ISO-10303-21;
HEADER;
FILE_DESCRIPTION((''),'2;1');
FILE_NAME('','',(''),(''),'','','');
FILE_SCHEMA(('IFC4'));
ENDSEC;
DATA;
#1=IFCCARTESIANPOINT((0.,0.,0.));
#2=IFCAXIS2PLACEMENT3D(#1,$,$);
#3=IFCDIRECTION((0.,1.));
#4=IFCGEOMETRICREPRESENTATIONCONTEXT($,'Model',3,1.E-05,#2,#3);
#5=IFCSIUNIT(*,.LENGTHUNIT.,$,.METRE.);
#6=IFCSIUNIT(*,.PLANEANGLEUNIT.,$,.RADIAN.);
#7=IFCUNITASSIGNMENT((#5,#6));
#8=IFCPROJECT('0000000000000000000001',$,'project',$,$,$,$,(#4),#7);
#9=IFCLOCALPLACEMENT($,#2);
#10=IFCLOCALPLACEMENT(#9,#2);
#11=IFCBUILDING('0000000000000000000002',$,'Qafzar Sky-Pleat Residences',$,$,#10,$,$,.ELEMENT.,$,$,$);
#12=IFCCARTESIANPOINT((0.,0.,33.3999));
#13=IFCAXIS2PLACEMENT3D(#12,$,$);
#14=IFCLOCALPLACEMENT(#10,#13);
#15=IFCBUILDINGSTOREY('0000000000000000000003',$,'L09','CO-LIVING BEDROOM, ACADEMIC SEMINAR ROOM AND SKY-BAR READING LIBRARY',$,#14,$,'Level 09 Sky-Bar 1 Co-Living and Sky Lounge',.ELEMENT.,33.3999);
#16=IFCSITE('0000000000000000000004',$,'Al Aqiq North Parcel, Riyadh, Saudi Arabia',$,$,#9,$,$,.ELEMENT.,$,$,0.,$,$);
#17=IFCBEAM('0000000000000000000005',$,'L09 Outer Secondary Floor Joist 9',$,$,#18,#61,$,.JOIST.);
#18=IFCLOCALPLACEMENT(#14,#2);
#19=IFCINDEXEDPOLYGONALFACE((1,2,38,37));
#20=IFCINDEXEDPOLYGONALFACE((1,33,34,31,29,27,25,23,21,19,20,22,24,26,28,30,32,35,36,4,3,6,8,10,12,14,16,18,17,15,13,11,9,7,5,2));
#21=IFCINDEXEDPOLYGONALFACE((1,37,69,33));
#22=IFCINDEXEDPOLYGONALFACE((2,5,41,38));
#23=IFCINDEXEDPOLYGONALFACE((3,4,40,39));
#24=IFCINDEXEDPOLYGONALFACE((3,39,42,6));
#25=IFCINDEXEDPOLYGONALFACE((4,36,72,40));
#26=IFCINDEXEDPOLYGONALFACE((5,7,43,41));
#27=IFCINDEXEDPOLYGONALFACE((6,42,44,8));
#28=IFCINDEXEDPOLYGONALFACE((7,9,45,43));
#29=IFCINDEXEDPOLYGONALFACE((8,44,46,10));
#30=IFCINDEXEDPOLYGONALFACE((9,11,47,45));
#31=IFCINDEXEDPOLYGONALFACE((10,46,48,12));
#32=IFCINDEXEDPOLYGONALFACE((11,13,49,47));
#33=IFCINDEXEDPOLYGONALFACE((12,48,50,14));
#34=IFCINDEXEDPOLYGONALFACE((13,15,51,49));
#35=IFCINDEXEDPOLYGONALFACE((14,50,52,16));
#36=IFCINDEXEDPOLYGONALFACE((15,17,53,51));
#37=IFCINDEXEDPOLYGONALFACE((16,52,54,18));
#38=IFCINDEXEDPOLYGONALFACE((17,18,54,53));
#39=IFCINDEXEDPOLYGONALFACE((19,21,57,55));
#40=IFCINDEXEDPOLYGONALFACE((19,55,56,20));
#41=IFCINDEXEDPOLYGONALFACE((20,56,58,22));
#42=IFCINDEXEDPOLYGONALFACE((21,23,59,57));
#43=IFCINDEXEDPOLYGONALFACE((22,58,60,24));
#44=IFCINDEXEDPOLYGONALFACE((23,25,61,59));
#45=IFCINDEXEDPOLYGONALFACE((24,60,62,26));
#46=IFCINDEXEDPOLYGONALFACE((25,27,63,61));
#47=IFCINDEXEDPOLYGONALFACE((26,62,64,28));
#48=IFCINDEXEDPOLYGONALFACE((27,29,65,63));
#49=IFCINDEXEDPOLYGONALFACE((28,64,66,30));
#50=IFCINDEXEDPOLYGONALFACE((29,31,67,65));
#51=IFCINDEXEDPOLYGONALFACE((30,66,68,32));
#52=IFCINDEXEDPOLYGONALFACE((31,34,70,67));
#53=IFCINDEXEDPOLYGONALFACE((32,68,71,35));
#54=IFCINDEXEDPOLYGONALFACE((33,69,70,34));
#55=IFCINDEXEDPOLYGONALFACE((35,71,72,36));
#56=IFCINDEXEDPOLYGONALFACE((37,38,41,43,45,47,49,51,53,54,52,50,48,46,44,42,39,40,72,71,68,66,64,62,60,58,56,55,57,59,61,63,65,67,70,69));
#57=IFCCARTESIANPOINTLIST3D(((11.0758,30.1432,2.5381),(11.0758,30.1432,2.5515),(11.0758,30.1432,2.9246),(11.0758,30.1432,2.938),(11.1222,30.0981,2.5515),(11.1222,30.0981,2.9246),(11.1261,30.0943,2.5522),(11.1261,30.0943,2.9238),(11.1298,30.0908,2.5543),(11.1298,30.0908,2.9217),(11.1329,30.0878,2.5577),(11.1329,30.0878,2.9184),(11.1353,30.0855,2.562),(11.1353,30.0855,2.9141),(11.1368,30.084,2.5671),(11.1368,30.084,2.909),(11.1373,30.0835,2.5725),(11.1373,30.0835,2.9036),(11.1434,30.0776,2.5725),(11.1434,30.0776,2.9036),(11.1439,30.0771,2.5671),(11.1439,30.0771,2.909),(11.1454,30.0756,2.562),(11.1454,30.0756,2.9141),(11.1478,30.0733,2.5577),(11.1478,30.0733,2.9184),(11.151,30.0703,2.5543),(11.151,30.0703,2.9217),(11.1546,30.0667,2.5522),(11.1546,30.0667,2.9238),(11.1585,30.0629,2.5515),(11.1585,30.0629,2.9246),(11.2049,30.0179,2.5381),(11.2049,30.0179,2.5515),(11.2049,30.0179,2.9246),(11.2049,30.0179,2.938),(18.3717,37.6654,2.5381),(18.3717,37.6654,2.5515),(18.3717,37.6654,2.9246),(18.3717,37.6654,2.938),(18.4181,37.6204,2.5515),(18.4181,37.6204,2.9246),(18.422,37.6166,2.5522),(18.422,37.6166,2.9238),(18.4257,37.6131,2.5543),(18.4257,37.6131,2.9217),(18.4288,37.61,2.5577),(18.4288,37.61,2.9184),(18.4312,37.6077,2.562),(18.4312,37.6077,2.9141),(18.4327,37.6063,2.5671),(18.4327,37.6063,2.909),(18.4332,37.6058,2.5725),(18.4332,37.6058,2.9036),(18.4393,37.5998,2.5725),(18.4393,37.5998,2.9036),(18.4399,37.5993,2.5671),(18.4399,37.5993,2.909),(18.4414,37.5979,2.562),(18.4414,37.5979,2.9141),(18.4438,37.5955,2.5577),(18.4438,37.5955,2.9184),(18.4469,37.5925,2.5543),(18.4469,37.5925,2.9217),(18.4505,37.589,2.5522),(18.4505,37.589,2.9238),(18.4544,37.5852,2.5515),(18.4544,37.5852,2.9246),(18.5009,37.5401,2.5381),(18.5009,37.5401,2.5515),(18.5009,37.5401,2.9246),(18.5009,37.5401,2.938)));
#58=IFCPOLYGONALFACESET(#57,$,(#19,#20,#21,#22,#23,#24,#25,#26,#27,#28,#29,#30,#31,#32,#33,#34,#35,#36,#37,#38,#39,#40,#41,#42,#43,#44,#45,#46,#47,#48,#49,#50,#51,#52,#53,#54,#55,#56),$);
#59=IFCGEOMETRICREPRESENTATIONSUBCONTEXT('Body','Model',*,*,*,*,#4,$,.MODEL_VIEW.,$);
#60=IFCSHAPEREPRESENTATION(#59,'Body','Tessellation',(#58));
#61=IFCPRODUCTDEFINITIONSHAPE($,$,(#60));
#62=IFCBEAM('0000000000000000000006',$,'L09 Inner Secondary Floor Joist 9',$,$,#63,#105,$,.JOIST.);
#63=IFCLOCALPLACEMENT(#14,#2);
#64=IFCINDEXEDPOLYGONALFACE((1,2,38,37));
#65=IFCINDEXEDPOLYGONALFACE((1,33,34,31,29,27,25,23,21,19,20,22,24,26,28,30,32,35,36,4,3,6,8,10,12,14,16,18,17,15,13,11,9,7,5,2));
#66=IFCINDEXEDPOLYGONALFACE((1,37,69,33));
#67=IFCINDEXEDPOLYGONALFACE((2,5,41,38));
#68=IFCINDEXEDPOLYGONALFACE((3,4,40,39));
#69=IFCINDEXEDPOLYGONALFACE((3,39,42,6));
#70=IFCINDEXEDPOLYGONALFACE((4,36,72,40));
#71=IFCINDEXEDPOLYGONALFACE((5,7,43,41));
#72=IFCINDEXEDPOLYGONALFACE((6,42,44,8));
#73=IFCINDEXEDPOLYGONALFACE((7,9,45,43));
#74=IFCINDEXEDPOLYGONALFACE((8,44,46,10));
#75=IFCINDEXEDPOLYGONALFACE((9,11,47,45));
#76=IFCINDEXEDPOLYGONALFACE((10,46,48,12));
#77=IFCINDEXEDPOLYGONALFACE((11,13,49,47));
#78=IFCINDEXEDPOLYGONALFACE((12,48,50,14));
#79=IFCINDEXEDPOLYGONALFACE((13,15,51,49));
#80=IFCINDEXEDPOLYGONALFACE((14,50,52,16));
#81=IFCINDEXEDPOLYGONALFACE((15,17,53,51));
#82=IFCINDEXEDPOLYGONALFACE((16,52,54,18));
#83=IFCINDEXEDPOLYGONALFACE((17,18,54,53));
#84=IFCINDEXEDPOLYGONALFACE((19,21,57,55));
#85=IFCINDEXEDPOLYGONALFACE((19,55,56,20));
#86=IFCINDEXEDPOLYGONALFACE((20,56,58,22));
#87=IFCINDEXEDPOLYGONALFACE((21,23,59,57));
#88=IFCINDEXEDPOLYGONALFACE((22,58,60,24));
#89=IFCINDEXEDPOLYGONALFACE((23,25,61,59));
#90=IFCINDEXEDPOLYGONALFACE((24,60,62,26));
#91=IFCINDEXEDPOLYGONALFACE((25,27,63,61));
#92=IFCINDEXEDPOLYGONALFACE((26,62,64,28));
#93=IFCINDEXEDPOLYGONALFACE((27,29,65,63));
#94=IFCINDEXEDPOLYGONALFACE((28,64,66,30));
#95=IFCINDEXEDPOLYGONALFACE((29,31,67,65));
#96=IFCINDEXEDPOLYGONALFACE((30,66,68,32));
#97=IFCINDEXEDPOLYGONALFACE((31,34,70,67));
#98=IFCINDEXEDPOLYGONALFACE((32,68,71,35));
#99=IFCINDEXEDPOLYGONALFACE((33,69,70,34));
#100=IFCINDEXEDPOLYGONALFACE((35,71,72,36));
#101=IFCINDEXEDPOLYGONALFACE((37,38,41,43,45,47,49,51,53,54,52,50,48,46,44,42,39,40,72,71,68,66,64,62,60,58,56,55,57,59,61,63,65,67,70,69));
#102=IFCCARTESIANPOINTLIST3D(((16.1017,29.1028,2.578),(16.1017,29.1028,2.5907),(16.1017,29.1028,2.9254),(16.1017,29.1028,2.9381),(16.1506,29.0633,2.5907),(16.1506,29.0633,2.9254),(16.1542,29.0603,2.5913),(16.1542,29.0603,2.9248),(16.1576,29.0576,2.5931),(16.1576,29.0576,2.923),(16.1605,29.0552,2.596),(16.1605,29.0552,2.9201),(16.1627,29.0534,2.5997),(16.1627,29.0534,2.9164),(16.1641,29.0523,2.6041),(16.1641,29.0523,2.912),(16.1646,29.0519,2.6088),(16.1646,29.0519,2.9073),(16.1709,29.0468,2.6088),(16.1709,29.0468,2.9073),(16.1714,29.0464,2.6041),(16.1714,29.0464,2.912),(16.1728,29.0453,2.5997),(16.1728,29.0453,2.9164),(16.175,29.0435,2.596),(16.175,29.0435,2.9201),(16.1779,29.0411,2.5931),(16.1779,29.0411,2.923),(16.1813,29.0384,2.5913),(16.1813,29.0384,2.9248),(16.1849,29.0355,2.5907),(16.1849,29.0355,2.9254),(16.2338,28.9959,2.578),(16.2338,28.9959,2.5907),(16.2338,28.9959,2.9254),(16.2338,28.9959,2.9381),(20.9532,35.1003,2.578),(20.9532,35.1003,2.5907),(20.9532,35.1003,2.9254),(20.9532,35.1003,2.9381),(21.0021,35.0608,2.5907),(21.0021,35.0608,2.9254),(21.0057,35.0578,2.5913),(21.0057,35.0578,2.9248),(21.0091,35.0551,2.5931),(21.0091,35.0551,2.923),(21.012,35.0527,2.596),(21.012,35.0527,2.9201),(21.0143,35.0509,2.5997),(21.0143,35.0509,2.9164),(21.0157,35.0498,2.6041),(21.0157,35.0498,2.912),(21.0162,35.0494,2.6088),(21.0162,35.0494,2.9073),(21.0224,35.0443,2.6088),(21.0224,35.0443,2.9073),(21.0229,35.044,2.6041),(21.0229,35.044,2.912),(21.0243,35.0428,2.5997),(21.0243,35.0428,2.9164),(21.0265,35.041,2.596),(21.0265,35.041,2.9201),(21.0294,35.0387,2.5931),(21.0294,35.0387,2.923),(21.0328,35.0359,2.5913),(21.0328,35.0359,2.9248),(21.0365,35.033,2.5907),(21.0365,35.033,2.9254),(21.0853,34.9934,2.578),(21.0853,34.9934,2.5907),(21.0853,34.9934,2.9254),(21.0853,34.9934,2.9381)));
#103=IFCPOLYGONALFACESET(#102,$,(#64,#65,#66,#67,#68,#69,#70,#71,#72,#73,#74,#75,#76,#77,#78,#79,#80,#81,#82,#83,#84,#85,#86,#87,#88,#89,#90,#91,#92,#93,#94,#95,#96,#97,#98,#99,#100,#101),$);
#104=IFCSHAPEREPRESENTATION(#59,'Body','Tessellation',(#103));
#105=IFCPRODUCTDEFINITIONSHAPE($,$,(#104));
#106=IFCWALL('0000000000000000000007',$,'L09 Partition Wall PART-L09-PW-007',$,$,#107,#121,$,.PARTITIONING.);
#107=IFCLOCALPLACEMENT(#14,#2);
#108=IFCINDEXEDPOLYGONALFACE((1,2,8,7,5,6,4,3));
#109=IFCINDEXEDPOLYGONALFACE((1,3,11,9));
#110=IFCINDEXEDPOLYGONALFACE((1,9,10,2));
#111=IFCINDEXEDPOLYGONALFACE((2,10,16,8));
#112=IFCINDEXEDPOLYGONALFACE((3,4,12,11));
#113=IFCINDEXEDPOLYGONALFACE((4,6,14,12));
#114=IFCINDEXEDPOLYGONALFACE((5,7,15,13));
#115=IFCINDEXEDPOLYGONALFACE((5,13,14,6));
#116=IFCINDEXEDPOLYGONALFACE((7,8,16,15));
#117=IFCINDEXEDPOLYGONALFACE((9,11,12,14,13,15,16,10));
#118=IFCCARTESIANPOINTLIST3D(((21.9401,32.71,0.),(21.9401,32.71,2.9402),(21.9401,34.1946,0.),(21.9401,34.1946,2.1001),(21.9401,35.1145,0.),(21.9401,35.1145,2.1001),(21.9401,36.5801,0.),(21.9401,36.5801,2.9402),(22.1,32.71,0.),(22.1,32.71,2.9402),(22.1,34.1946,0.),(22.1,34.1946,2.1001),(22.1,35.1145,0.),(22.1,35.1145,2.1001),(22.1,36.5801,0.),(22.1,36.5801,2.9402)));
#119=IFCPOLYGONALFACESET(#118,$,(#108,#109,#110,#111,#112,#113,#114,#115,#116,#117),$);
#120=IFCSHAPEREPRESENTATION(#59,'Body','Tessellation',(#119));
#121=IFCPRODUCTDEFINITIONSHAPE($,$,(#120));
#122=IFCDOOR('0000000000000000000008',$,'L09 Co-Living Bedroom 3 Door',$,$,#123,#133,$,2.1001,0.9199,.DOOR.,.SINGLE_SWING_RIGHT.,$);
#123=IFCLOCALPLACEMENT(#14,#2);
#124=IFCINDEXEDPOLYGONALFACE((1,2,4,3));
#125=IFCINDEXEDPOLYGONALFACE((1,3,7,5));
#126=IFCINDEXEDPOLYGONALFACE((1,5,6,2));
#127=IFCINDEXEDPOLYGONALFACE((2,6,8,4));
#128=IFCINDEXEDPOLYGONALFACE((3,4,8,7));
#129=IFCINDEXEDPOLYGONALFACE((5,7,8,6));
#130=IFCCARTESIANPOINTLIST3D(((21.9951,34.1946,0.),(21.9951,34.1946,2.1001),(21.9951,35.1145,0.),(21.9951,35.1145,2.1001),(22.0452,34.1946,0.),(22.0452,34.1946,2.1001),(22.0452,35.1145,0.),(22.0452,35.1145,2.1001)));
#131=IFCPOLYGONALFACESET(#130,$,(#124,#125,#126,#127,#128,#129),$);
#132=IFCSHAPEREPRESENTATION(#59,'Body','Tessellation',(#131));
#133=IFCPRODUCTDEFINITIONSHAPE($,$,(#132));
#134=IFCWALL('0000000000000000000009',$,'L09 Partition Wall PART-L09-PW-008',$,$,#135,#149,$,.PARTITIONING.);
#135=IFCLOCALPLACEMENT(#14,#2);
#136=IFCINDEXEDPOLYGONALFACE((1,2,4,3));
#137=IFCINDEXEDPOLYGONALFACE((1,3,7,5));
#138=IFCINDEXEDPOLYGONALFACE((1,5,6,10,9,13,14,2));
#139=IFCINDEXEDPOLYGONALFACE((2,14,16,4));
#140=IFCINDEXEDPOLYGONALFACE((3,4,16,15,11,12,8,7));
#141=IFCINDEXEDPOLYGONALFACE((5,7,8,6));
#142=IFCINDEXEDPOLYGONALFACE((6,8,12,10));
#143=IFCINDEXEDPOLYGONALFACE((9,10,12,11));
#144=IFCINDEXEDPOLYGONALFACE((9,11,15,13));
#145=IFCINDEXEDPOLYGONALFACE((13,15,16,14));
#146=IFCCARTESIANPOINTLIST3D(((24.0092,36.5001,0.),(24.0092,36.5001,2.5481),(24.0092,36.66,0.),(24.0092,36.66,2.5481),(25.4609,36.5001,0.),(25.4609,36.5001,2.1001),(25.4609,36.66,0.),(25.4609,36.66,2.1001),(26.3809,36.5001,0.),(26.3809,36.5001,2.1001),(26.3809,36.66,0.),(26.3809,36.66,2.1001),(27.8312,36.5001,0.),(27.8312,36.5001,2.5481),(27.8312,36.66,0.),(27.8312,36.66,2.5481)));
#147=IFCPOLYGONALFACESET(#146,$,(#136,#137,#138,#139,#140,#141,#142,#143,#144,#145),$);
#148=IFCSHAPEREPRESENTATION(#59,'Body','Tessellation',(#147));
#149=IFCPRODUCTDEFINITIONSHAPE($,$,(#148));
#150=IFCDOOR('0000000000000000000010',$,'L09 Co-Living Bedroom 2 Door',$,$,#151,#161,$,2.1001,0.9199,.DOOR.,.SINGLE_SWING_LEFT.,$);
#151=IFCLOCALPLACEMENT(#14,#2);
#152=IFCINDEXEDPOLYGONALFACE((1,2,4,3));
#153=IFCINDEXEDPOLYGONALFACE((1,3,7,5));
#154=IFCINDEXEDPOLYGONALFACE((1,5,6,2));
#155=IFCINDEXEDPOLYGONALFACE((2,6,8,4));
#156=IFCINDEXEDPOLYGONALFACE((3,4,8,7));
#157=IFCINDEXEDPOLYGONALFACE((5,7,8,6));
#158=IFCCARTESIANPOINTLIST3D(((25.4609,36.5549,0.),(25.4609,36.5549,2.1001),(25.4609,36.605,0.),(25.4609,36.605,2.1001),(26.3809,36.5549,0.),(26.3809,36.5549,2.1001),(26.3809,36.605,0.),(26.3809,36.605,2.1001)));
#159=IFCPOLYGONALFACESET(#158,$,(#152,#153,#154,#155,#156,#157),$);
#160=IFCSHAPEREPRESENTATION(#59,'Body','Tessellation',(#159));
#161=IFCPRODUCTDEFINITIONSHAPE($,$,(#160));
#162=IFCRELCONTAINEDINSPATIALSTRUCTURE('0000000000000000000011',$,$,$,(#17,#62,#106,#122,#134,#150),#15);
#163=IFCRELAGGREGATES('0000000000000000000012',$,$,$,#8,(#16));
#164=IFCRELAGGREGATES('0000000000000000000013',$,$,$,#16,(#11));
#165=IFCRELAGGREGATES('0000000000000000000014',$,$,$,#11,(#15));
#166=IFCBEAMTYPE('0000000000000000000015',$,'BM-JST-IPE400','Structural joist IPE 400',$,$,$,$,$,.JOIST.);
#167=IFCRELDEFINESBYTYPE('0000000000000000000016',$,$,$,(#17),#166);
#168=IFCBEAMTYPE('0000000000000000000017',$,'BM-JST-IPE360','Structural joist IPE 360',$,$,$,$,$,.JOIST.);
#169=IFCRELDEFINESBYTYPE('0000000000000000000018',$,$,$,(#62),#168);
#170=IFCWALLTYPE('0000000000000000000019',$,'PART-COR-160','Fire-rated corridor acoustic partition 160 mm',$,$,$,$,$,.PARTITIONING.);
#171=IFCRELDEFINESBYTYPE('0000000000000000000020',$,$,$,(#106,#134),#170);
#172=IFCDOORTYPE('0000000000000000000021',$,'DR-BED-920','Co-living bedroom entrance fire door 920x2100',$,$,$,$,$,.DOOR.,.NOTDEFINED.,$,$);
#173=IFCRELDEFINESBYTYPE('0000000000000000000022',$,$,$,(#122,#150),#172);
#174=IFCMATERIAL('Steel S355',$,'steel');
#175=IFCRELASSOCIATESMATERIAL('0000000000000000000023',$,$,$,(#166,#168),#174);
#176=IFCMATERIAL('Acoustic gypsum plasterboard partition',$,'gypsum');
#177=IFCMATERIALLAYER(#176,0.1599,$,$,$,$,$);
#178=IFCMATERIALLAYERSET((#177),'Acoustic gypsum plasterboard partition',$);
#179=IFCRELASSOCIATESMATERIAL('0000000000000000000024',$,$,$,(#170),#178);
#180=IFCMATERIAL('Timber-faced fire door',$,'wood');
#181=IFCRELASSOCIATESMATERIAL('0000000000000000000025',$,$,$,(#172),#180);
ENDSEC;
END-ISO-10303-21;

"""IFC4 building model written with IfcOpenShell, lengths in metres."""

from ifc_helpers import new_model, si_unit, direction, frame, frame_2d, origin, origin_2d, place, context, subcontext, project, spatial, rectangle, i_section, extrude, source, transform, mapped, material, layer, layer_set, material_profile, profile_set, type_object, element, fill, save


model = new_model("IFC4")

# Units and contexts
model_context = context("Model", 3, precision=1e-05, world=origin(), true_north=direction((0.0, 1.0)))
body_context = subcontext(model_context, "Body", "Model", "MODEL_VIEW")
ifc_project = project(units=[si_unit("LENGTHUNIT", "METRE"), si_unit("PLANEANGLEUNIT", "RADIAN")], contexts=[model_context])

# Site, building, storey
site_placement = place(None, origin())
site = spatial("IfcSite", under=ifc_project, at=site_placement, Name="Al Aqiq North Parcel, Riyadh, Saudi Arabia", CompositionType="ELEMENT", RefElevation=0.0)
building_placement = place(site_placement, origin())
building = spatial("IfcBuilding", under=site, at=building_placement, Name="Qafzar Sky-Pleat Residences", CompositionType="ELEMENT")
storey_placement = place(building_placement, frame((0.0, 0.0, 33.3999)))
storey = spatial("IfcBuildingStorey", under=building, at=storey_placement, Name="L09", Description="CO-LIVING BEDROOM, ACADEMIC SEMINAR ROOM AND SKY-BAR READING LIBRARY", LongName="Level 09 Sky-Bar 1 Co-Living and Sky Lounge", CompositionType="ELEMENT", Elevation=33.3999)

# Beams
ifc_material_1 = material(Name="Steel S355", Category="steel")
ifc_material_profile_1 = material_profile(ifc_material_1, i_section(OverallWidth=0.1799, OverallDepth=0.3999, WebThickness=0.0085, FlangeThickness=0.0134, FilletRadius=0.021, at=origin_2d()), Name="IPE 400")
ifc_profile_set_1 = profile_set([ifc_material_profile_1], Name="Steel S355")
beam_type_1 = type_object("IfcBeamType", Name="BM-JST-IPE400", Description="Structural joist IPE 400", PredefinedType="JOIST", material=ifc_profile_set_1)
shared_shape_1 = source(origin(), body_context, "Body", "SweptSolid", [
    extrude(i_section(OverallWidth=0.1799, OverallDepth=0.3999, WebThickness=0.0085, FlangeThickness=0.0134, FilletRadius=0.021, at=origin_2d()), origin(), (0.0, 0.0, 1.0), 10.4792),
])
beam_1_placement = place(storey_placement, frame((18.4363, 37.6028, 2.738), z_axis=(-0.696226, -0.717823, 0.0), x_axis=(0.717823, -0.696226, 0.0)))
element("IfcBeam", 1, at=beam_1_placement, inside=storey, type_object=beam_type_1, Name="L09 Outer Secondary Floor Joist 9", PredefinedType="JOIST", context=body_context, shape_type="MappedRepresentation", body=[
    mapped(shared_shape_1, transform((0.0, 0.0, 0.0), x_axis=(1.0, 0.0, 0.0), y_axis=(0.0, 1.0, 0.0), z_axis=(0.0, 0.0, 1.0), scale=1.0)),
])
ifc_material_profile_2 = material_profile(ifc_material_1, i_section(OverallWidth=0.1699, OverallDepth=0.3601, WebThickness=0.0081, FlangeThickness=0.0127, FilletRadius=0.0181, at=origin_2d()), Name="IPE 360")
ifc_profile_set_2 = profile_set([ifc_material_profile_2], Name="Steel S355")
beam_type_2 = type_object("IfcBeamType", Name="BM-JST-IPE360", Description="Structural joist IPE 360", PredefinedType="JOIST", material=ifc_profile_set_2)
shared_shape_2 = source(origin(), body_context, "Body", "SweptSolid", [
    extrude(i_section(OverallWidth=0.1699, OverallDepth=0.3601, WebThickness=0.0081, FlangeThickness=0.0127, FilletRadius=0.0181, at=origin_2d()), origin(), (0.0, 0.0, 1.0), 7.7141),
])
beam_2_placement = place(storey_placement, frame((21.0193, 35.0469, 2.7581), z_axis=(-0.628916, -0.777473, 0.0), x_axis=(0.777473, -0.628916, 0.0)))
element("IfcBeam", 2, at=beam_2_placement, inside=storey, type_object=beam_type_2, Name="L09 Inner Secondary Floor Joist 9", PredefinedType="JOIST", context=body_context, shape_type="MappedRepresentation", body=[
    mapped(shared_shape_2, transform((0.0, 0.0, 0.0), x_axis=(1.0, 0.0, 0.0), y_axis=(0.0, 1.0, 0.0), z_axis=(0.0, 0.0, 1.0), scale=1.0)),
])

# Walls, openings, doors
ifc_material_2 = material(Name="Acoustic gypsum plasterboard partition", Category="gypsum")
ifc_layer_1 = layer(ifc_material_2, 0.1599)
ifc_layer_set_1 = layer_set([ifc_layer_1], Name="Acoustic gypsum plasterboard partition")
wall_type_1 = type_object("IfcWallType", Name="PART-COR-160", Description="Fire-rated corridor acoustic partition 160 mm", PredefinedType="PARTITIONING", material=ifc_layer_set_1)
wall_1_placement = place(storey_placement, frame((22.02, 32.71, 0.0), z_axis=(0.0, 0.0, 1.0), x_axis=(0.0, 1.0, 0.0)))
wall_1 = element("IfcWall", 3, at=wall_1_placement, inside=storey, type_object=wall_type_1, Name="L09 Partition Wall PART-L09-PW-007", PredefinedType="PARTITIONING", context=body_context, shape_type="SweptSolid", body=[
    extrude(rectangle(XDim=3.8701, YDim=0.1599, at=frame_2d((1.9351, 0.0))), origin(), (0.0, 0.0, 1.0), 2.9402),
])
opening_1_placement = place(wall_1_placement, frame((1.4846, 0.0, 0.0)))
opening_1 = element("IfcOpeningElement", 4, at=opening_1_placement, cuts=wall_1, PredefinedType="OPENING", context=body_context, shape_type="SweptSolid", body=[
    extrude(rectangle(XDim=0.9199, YDim=2.1001, at=frame_2d((0.46, 1.05))), frame((0.0, 0.0898, 0.0), z_axis=(0.0, -1.0, 0.0), x_axis=(1.0, 0.0, 0.0)), (0.0, 0.0, 1.0), 0.1799),
])
ifc_material_3 = material(Name="Timber-faced fire door", Category="wood")
door_type_1 = type_object("IfcDoorType", Name="DR-BED-920", Description="Co-living bedroom entrance fire door 920x2100", OperationType="NOTDEFINED", PredefinedType="DOOR", material=ifc_material_3)
shared_shape_3 = source(origin(), body_context, "Body", "SweptSolid", [
    extrude(rectangle(XDim=0.9199, YDim=2.1001, at=frame_2d((0.46, 1.05))), frame((0.0, 0.0249, 0.0), z_axis=(0.0, -1.0, 0.0), x_axis=(1.0, 0.0, 0.0)), (0.0, 0.0, 1.0), 0.05),
])
door_1_placement = place(opening_1_placement, origin())
door_1 = element("IfcDoor", 5, at=door_1_placement, inside=storey, type_object=door_type_1, Name="L09 Co-Living Bedroom 3 Door", OperationType="SINGLE_SWING_RIGHT", OverallHeight=2.1001, OverallWidth=0.9199, PredefinedType="DOOR", context=body_context, shape_type="MappedRepresentation", body=[
    mapped(shared_shape_3, transform((0.0, 0.0, 0.0), x_axis=(1.0, 0.0, 0.0), y_axis=(0.0, 1.0, 0.0), z_axis=(0.0, 0.0, 1.0), scale=1.0)),
])
fill(opening_1, door_1)
wall_2_placement = place(storey_placement, frame((24.009, 36.5801, 0.0), z_axis=(0.0, 0.0, 1.0), x_axis=(1.0, 0.0, 0.0)))
wall_2 = element("IfcWall", 6, at=wall_2_placement, inside=storey, type_object=wall_type_1, Name="L09 Partition Wall PART-L09-PW-008", PredefinedType="PARTITIONING", context=body_context, shape_type="SweptSolid", body=[
    extrude(rectangle(XDim=3.822, YDim=0.1599, at=frame_2d((1.9111, 0.0))), origin(), (0.0, 0.0, 1.0), 2.5481),
])
opening_2_placement = place(wall_2_placement, frame((1.4519, 0.0, 0.0)))
opening_2 = element("IfcOpeningElement", 7, at=opening_2_placement, cuts=wall_2, PredefinedType="OPENING", context=body_context, shape_type="SweptSolid", body=[
    extrude(rectangle(XDim=0.9199, YDim=2.1001, at=frame_2d((0.46, 1.05))), frame((0.0, 0.0898, 0.0), z_axis=(0.0, -1.0, 0.0), x_axis=(1.0, 0.0, 0.0)), (0.0, 0.0, 1.0), 0.1799),
])
door_2_placement = place(opening_2_placement, origin())
door_2 = element("IfcDoor", 8, at=door_2_placement, inside=storey, type_object=door_type_1, Name="L09 Co-Living Bedroom 2 Door", OperationType="SINGLE_SWING_LEFT", OverallHeight=2.1001, OverallWidth=0.9199, PredefinedType="DOOR", context=body_context, shape_type="MappedRepresentation", body=[
    mapped(shared_shape_3, transform((0.0, 0.0, 0.0), x_axis=(1.0, 0.0, 0.0), y_axis=(0.0, 1.0, 0.0), z_axis=(0.0, 0.0, 1.0), scale=1.0)),
])
fill(opening_2, door_2)

save(model, "model.ifc")
